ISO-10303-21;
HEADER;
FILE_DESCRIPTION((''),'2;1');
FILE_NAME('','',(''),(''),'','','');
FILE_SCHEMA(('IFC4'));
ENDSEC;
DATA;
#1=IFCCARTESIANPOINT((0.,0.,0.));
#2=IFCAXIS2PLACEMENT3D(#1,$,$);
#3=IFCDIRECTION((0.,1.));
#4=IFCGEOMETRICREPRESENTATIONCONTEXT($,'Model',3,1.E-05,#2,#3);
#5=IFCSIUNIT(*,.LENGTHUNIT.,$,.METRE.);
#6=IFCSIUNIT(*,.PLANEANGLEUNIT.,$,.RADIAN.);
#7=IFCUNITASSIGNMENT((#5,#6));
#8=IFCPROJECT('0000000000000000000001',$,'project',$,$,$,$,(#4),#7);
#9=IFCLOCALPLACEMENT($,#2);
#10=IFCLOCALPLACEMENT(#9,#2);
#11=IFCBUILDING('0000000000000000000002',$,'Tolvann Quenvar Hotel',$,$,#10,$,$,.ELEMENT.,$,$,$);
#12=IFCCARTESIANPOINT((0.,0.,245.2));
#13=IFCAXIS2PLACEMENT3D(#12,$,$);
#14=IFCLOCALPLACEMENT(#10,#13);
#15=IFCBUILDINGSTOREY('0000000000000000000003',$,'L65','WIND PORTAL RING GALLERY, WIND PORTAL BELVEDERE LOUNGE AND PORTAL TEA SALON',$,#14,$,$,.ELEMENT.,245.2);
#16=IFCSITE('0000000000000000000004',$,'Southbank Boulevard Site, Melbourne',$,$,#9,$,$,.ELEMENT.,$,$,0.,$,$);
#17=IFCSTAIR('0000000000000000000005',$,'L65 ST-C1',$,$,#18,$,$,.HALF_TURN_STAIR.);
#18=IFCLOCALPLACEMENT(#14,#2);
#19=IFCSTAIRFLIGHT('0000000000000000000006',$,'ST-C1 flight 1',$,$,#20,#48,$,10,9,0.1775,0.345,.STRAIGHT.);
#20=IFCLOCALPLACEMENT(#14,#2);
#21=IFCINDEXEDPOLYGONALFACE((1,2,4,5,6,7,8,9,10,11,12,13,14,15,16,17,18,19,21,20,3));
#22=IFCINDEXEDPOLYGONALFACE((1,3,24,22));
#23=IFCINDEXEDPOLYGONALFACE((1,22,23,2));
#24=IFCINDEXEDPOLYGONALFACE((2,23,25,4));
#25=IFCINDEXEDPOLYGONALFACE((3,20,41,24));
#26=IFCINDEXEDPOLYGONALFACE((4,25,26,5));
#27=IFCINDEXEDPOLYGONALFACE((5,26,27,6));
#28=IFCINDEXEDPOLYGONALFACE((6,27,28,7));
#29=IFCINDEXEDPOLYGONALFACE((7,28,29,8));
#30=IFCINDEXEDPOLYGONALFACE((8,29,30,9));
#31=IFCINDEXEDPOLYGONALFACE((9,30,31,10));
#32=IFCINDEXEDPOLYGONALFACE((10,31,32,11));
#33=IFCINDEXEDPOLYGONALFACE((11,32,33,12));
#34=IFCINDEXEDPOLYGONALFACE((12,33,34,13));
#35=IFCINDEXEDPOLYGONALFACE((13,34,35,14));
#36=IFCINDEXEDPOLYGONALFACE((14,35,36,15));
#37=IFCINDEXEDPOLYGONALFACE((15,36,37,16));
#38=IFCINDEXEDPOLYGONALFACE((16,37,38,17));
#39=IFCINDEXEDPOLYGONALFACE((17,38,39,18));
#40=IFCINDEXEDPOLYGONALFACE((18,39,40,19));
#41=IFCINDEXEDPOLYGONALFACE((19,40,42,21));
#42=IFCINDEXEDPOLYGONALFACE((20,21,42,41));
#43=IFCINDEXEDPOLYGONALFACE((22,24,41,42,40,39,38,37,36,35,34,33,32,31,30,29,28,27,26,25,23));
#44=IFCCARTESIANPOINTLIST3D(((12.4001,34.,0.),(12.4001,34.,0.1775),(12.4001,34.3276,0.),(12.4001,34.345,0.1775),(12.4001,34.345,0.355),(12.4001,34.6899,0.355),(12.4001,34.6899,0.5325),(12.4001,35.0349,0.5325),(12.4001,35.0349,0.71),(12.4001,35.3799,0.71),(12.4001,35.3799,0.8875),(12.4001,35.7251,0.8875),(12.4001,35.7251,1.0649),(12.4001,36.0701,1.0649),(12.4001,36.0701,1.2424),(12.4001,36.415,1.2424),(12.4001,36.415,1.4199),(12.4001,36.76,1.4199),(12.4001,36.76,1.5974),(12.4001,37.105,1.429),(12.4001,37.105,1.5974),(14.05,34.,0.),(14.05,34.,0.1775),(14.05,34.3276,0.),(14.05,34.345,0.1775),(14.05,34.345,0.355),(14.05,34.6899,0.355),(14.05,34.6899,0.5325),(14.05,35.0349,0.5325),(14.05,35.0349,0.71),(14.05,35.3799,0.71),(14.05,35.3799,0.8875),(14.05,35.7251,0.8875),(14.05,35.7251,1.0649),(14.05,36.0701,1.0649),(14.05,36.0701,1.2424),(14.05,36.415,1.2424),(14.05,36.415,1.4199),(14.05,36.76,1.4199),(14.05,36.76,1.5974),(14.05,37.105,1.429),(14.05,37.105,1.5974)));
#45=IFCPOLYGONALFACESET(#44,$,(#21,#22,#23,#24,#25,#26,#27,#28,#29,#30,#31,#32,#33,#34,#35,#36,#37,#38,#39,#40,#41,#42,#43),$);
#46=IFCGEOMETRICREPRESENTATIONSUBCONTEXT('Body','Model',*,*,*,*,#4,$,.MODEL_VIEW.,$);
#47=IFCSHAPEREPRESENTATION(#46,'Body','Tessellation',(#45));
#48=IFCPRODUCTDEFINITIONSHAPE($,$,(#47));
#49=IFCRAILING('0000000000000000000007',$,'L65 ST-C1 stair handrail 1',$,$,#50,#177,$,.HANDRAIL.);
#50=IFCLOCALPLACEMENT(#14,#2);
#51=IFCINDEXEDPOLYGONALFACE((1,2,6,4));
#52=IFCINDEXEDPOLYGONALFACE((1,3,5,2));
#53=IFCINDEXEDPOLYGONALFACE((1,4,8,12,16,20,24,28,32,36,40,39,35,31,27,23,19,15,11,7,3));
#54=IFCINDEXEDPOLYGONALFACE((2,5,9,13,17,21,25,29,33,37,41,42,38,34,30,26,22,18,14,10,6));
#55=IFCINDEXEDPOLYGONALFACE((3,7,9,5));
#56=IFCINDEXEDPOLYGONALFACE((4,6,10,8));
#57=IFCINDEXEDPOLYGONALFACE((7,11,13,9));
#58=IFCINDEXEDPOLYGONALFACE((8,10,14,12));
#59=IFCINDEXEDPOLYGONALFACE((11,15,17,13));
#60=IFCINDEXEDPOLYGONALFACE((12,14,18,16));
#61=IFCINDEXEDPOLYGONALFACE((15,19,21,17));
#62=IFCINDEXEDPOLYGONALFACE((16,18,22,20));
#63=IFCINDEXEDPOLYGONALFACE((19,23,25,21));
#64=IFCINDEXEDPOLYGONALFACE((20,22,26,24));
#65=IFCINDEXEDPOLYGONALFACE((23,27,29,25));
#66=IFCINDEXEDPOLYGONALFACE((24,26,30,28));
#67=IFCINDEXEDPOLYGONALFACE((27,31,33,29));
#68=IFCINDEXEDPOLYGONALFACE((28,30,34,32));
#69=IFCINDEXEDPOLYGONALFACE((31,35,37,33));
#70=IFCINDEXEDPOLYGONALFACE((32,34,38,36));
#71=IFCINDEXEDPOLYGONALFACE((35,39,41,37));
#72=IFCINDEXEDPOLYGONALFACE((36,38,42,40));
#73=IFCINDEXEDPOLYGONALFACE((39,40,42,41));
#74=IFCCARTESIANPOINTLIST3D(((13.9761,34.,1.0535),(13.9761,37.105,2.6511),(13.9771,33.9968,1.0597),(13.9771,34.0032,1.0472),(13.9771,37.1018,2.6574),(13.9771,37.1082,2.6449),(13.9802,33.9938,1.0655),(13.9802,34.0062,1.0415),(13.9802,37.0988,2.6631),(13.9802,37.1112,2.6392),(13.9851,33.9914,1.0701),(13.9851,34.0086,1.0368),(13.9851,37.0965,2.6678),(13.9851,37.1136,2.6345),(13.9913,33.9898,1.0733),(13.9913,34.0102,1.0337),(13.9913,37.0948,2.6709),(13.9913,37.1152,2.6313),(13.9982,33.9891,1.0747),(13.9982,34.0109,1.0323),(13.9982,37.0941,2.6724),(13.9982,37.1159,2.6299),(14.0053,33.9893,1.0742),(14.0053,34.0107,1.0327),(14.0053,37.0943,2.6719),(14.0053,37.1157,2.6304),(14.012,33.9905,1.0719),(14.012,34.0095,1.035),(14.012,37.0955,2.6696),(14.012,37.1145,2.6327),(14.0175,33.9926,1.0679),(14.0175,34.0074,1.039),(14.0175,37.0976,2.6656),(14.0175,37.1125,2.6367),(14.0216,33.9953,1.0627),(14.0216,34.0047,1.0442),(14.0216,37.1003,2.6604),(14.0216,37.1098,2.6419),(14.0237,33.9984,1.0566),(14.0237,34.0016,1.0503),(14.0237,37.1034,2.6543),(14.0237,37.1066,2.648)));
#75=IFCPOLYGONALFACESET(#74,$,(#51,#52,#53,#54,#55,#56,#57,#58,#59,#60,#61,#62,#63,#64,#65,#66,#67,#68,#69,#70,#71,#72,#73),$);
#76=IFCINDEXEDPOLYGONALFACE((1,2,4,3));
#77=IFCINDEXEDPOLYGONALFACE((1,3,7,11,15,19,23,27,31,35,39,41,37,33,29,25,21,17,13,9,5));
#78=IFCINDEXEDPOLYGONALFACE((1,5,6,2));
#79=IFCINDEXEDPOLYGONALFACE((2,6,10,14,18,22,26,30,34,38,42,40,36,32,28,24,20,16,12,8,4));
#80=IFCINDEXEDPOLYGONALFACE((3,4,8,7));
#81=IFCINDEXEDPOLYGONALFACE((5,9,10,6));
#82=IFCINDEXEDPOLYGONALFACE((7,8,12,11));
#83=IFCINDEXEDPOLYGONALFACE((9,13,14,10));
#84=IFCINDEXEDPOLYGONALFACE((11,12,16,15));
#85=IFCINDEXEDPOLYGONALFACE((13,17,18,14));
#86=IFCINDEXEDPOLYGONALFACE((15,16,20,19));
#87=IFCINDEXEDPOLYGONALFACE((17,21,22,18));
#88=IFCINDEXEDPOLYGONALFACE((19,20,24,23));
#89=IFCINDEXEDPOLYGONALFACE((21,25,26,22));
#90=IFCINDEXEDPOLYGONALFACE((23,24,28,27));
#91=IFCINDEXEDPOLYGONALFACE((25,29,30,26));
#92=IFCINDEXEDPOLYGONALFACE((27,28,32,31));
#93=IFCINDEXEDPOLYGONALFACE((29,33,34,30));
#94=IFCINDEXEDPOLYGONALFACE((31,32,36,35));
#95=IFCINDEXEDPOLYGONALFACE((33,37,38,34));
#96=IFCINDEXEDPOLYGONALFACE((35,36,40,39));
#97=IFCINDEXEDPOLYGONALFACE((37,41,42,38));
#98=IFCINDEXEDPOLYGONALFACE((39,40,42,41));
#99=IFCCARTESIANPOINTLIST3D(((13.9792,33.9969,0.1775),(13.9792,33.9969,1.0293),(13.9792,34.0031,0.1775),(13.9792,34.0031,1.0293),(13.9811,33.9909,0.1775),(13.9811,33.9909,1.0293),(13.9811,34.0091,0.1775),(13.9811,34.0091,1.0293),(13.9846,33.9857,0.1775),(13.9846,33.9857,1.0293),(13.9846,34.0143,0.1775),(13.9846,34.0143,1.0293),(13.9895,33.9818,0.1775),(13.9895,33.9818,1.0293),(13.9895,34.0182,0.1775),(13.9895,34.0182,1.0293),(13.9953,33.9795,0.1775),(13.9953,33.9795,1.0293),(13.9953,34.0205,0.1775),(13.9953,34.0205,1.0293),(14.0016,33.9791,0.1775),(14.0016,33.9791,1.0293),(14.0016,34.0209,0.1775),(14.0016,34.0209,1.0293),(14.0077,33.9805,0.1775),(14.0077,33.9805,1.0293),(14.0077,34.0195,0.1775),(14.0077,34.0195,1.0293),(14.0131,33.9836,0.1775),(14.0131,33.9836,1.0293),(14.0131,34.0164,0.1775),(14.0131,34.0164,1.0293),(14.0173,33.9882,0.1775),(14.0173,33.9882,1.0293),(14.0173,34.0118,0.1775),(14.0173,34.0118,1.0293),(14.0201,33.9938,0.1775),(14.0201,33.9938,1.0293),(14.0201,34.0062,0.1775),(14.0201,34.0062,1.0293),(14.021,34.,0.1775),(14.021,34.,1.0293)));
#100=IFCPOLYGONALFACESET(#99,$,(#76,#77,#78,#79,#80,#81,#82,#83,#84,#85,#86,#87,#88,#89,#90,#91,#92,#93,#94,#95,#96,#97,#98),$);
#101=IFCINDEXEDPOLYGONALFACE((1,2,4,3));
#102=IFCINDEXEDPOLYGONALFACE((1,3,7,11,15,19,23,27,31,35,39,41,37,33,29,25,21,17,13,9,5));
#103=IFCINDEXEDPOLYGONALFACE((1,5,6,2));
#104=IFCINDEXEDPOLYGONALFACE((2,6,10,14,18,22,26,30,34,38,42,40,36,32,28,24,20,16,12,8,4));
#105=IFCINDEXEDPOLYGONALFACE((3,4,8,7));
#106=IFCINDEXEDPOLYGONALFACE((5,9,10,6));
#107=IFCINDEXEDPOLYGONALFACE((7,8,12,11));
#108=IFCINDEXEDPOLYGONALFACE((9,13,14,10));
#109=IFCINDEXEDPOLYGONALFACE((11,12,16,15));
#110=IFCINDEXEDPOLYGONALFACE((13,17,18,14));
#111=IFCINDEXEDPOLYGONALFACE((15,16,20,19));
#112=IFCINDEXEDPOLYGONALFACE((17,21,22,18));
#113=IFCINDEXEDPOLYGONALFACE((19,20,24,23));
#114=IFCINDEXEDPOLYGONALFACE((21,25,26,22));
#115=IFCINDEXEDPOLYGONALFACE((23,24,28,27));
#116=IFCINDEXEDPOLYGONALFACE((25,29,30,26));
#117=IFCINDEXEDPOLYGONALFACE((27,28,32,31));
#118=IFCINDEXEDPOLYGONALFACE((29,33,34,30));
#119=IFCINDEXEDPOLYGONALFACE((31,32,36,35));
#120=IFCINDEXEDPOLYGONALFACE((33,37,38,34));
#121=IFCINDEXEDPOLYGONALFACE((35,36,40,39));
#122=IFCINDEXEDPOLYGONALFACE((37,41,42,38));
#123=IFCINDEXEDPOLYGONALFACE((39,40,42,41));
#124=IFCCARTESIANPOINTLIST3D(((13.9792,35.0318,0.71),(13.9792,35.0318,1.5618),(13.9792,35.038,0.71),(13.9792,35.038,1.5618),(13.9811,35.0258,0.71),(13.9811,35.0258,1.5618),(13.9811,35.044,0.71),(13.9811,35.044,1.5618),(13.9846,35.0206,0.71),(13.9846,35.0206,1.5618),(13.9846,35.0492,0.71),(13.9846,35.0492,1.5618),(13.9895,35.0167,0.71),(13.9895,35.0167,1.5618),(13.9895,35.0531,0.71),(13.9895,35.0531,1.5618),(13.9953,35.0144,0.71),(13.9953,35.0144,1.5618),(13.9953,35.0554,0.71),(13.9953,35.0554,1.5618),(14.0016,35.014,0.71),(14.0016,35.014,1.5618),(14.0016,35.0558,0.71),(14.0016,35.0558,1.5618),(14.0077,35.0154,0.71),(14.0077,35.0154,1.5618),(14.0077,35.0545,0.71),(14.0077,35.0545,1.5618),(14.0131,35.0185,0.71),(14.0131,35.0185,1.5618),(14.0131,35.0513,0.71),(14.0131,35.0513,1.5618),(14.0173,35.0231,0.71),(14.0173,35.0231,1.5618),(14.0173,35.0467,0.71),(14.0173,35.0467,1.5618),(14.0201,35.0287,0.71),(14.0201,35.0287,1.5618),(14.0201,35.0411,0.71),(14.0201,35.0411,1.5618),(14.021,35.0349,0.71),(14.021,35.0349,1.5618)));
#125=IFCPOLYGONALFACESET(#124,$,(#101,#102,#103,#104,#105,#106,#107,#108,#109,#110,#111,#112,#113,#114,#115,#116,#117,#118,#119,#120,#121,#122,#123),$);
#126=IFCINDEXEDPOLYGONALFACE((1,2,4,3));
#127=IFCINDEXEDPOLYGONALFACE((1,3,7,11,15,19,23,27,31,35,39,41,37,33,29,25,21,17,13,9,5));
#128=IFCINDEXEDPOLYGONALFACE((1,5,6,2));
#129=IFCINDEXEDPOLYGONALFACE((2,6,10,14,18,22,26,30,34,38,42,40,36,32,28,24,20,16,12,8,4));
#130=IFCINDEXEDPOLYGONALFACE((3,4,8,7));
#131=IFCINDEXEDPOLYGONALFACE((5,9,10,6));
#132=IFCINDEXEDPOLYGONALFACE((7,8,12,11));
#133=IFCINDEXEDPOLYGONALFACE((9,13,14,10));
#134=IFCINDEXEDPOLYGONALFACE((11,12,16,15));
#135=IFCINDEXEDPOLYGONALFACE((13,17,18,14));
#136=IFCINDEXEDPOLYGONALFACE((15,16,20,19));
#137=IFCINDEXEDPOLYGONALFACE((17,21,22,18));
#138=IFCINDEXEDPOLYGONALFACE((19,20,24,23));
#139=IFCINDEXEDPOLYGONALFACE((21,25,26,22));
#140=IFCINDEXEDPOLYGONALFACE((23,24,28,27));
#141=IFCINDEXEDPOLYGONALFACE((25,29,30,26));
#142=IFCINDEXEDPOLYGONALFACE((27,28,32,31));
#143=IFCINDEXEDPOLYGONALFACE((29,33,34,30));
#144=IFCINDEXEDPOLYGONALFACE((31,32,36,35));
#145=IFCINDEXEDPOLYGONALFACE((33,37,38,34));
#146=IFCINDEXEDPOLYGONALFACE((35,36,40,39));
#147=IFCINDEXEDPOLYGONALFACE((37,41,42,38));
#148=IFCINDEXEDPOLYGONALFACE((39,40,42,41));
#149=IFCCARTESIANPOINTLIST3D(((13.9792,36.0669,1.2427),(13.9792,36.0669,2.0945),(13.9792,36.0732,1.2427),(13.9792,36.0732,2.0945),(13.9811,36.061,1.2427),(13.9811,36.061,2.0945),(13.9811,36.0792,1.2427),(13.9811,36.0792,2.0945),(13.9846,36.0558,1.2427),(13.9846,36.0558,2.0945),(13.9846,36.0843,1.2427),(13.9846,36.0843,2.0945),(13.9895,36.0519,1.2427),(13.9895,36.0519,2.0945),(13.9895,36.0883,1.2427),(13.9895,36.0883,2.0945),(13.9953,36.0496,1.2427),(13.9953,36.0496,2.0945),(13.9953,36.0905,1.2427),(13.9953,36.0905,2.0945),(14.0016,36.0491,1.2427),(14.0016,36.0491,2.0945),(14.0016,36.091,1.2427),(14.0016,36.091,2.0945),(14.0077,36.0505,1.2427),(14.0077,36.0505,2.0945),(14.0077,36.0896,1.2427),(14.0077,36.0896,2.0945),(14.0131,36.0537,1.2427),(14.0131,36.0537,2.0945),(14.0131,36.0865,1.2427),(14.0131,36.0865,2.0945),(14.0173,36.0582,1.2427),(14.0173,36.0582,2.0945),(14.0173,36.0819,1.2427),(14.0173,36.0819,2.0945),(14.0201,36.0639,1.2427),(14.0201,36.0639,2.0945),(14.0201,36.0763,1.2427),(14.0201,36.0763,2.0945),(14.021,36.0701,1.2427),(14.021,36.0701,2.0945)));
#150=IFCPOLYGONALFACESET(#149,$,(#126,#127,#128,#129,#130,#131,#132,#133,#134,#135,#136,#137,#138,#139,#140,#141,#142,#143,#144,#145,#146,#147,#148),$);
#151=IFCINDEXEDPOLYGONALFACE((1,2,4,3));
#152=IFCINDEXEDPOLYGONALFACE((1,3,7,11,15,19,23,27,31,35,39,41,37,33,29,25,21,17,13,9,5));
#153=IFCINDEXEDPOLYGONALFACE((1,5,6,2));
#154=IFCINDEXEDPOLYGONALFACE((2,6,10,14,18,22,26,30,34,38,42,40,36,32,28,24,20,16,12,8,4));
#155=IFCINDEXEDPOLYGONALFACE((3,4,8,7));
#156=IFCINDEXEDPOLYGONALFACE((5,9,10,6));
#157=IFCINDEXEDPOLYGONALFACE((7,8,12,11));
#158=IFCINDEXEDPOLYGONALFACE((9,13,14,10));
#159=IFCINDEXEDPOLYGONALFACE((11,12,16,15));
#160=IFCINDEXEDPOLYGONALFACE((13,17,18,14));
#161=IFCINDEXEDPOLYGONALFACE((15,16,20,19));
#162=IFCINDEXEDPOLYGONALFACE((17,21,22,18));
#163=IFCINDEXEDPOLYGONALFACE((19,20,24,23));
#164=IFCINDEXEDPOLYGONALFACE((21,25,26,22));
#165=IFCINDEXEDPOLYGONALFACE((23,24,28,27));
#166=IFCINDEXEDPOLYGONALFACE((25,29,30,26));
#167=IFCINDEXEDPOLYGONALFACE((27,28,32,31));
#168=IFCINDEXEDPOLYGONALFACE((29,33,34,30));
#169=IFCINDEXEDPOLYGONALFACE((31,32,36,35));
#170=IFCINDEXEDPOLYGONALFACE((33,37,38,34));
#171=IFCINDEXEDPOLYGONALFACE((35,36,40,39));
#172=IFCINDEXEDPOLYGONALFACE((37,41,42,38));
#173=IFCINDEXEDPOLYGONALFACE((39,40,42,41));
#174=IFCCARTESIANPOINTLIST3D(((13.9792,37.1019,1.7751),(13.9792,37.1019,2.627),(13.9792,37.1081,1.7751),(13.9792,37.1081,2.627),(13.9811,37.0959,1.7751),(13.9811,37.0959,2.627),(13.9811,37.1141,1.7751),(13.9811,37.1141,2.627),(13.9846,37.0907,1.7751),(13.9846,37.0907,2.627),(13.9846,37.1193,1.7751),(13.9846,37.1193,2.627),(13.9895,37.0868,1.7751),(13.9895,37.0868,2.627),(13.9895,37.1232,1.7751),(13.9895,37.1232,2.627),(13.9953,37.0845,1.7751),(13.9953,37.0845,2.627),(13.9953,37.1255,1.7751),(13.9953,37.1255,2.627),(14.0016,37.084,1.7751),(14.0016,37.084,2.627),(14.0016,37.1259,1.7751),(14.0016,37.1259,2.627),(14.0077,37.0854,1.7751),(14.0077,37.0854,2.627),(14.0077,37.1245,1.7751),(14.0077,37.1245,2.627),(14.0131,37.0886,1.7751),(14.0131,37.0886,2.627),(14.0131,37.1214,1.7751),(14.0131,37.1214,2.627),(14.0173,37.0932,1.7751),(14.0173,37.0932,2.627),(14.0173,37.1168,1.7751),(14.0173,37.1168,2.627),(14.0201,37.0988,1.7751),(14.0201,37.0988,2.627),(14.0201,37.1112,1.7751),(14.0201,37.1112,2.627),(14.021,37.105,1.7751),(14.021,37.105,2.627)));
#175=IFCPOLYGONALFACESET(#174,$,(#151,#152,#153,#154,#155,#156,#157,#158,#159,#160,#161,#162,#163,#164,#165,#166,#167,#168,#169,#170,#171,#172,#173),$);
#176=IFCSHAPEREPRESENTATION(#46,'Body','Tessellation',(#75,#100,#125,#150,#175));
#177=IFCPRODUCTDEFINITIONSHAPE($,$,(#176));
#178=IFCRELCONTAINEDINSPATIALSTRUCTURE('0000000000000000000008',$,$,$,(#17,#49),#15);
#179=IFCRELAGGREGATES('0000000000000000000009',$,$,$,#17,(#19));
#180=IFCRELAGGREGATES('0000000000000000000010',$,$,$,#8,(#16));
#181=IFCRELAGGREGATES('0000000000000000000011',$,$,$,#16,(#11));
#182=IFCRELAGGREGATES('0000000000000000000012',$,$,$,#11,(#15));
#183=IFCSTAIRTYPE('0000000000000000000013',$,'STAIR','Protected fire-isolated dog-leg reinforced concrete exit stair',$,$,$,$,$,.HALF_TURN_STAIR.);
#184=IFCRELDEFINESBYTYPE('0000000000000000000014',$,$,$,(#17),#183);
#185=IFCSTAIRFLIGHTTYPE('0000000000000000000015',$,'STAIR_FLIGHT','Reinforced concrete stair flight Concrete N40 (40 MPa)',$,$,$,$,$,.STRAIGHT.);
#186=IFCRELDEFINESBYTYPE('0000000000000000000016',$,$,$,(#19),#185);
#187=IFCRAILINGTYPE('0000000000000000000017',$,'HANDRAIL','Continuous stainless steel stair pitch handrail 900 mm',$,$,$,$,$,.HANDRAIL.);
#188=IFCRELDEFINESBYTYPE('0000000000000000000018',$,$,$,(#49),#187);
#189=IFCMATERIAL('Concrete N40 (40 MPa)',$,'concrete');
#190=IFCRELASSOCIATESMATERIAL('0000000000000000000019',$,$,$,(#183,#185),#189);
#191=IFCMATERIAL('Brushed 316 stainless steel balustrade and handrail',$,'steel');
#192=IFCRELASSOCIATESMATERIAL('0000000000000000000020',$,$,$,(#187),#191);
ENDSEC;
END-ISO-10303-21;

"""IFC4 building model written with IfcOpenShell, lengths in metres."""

from ifc_helpers import new_model, si_unit, direction, frame, origin, origin_2d, place, context, subcontext, project, spatial, polyline, circle, outline, extrude, material, type_object, element, aggregate, save


model = new_model("IFC4")

# Units and contexts
model_context = context("Model", 3, precision=1e-05, world=origin(), true_north=direction((0.0, 1.0)))
body_context = subcontext(model_context, "Body", "Model", "MODEL_VIEW")
ifc_project = project(units=[si_unit("LENGTHUNIT", "METRE"), si_unit("PLANEANGLEUNIT", "RADIAN")], contexts=[model_context])

# Site, building, storey
site_placement = place(None, origin())
site = spatial("IfcSite", under=ifc_project, at=site_placement, Name="Southbank Boulevard Site, Melbourne", CompositionType="ELEMENT", RefElevation=0.0)
building_placement = place(site_placement, origin())
building = spatial("IfcBuilding", under=site, at=building_placement, Name="Tolvann Quenvar Hotel", CompositionType="ELEMENT")
storey_placement = place(building_placement, frame((0.0, 0.0, 245.2)))
storey = spatial("IfcBuildingStorey", under=building, at=storey_placement, Name="L65", Description="WIND PORTAL RING GALLERY, WIND PORTAL BELVEDERE LOUNGE AND PORTAL TEA SALON", CompositionType="ELEMENT", Elevation=245.2)

# Shared definitions
ifc_material_1 = material(Name="Concrete N40 (40 MPa)", Category="concrete")

# Stair, stair flight
stair_type = type_object("IfcStairType", Name="STAIR", Description="Protected fire-isolated dog-leg reinforced concrete exit stair", PredefinedType="HALF_TURN_STAIR", material=ifc_material_1)
stair_placement = place(storey_placement, origin())
stair = element("IfcStair", 1, at=stair_placement, inside=storey, type_object=stair_type, Name="L65 ST-C1", PredefinedType="HALF_TURN_STAIR")
stair_flight_type = type_object("IfcStairFlightType", Name="STAIR_FLIGHT", Description="Reinforced concrete stair flight Concrete N40 (40 MPa)", PredefinedType="STRAIGHT", material=ifc_material_1)
stair_flight_placement = place(storey_placement, frame((13.2251, 34.0, 0.0), z_axis=(0.0, 0.0, 1.0), x_axis=(0.0, 1.0, 0.0)))
stair_flight = element("IfcStairFlight", 2, at=stair_flight_placement, type_object=stair_flight_type, Name="ST-C1 flight 1", NumberOfRisers=10, NumberOfTreads=9, PredefinedType="STRAIGHT", RiserHeight=0.1775, TreadLength=0.345, context=body_context, shape_type="SweptSolid", body=[
    extrude(outline(polyline([(0.0, 0.0), (0.0, 0.1775), (0.345, 0.1775), (0.345, 0.355), (0.6899, 0.355), (0.6899, 0.5325), (1.0349, 0.5325), (1.0349, 0.71), (1.3799, 0.71), (1.3799, 0.8875), (1.7251, 0.8875), (1.7251, 1.0649), (2.0701, 1.0649), (2.0701, 1.2424), (2.415, 1.2424), (2.415, 1.4199), (2.76, 1.4199), (2.76, 1.5974), (3.105, 1.5974), (3.105, 1.7749), (3.105, 1.429), (0.3276, 0.0), (0.0, 0.0)])), frame((0.0, 0.825, 0.0), z_axis=(0.0, -1.0, 0.0), x_axis=(1.0, 0.0, 0.0)), (0.0, 0.0, 1.0), 1.6499),
])
aggregate(stair, [stair_flight])

# Railing
ifc_material_2 = material(Name="Brushed 316 stainless steel balustrade and handrail", Category="steel")
railing_type = type_object("IfcRailingType", Name="HANDRAIL", Description="Continuous stainless steel stair pitch handrail 900 mm", PredefinedType="HANDRAIL", material=ifc_material_2)
railing_placement = place(storey_placement, frame((14.0, 34.0, 0.1775)))
element("IfcRailing", 3, at=railing_placement, inside=storey, type_object=railing_type, Name="L65 ST-C1 stair handrail 1", PredefinedType="HANDRAIL", context=body_context, shape_type="SweptSolid", body=[
    extrude(circle(Radius=0.0239, at=origin_2d()), frame((0.0, 0.0, 0.876), z_axis=(0.0, 0.889194, 0.457531), x_axis=(-1.0, 0.0, 0.0)), (0.0, 0.0, 1.0), 3.4919),
    extrude(circle(Radius=0.021, at=origin_2d()), origin(), (0.0, 0.0, 1.0), 0.8518),
    extrude(circle(Radius=0.021, at=origin_2d()), frame((0.0, 1.0349, 0.5325)), (0.0, 0.0, 1.0), 0.8518),
    extrude(circle(Radius=0.021, at=origin_2d()), frame((0.0, 2.0701, 1.0652)), (0.0, 0.0, 1.0), 0.8518),
    extrude(circle(Radius=0.021, at=origin_2d()), frame((0.0, 3.105, 1.5977)), (0.0, 0.0, 1.0), 0.8518),
])

save(model, "model.ifc")
